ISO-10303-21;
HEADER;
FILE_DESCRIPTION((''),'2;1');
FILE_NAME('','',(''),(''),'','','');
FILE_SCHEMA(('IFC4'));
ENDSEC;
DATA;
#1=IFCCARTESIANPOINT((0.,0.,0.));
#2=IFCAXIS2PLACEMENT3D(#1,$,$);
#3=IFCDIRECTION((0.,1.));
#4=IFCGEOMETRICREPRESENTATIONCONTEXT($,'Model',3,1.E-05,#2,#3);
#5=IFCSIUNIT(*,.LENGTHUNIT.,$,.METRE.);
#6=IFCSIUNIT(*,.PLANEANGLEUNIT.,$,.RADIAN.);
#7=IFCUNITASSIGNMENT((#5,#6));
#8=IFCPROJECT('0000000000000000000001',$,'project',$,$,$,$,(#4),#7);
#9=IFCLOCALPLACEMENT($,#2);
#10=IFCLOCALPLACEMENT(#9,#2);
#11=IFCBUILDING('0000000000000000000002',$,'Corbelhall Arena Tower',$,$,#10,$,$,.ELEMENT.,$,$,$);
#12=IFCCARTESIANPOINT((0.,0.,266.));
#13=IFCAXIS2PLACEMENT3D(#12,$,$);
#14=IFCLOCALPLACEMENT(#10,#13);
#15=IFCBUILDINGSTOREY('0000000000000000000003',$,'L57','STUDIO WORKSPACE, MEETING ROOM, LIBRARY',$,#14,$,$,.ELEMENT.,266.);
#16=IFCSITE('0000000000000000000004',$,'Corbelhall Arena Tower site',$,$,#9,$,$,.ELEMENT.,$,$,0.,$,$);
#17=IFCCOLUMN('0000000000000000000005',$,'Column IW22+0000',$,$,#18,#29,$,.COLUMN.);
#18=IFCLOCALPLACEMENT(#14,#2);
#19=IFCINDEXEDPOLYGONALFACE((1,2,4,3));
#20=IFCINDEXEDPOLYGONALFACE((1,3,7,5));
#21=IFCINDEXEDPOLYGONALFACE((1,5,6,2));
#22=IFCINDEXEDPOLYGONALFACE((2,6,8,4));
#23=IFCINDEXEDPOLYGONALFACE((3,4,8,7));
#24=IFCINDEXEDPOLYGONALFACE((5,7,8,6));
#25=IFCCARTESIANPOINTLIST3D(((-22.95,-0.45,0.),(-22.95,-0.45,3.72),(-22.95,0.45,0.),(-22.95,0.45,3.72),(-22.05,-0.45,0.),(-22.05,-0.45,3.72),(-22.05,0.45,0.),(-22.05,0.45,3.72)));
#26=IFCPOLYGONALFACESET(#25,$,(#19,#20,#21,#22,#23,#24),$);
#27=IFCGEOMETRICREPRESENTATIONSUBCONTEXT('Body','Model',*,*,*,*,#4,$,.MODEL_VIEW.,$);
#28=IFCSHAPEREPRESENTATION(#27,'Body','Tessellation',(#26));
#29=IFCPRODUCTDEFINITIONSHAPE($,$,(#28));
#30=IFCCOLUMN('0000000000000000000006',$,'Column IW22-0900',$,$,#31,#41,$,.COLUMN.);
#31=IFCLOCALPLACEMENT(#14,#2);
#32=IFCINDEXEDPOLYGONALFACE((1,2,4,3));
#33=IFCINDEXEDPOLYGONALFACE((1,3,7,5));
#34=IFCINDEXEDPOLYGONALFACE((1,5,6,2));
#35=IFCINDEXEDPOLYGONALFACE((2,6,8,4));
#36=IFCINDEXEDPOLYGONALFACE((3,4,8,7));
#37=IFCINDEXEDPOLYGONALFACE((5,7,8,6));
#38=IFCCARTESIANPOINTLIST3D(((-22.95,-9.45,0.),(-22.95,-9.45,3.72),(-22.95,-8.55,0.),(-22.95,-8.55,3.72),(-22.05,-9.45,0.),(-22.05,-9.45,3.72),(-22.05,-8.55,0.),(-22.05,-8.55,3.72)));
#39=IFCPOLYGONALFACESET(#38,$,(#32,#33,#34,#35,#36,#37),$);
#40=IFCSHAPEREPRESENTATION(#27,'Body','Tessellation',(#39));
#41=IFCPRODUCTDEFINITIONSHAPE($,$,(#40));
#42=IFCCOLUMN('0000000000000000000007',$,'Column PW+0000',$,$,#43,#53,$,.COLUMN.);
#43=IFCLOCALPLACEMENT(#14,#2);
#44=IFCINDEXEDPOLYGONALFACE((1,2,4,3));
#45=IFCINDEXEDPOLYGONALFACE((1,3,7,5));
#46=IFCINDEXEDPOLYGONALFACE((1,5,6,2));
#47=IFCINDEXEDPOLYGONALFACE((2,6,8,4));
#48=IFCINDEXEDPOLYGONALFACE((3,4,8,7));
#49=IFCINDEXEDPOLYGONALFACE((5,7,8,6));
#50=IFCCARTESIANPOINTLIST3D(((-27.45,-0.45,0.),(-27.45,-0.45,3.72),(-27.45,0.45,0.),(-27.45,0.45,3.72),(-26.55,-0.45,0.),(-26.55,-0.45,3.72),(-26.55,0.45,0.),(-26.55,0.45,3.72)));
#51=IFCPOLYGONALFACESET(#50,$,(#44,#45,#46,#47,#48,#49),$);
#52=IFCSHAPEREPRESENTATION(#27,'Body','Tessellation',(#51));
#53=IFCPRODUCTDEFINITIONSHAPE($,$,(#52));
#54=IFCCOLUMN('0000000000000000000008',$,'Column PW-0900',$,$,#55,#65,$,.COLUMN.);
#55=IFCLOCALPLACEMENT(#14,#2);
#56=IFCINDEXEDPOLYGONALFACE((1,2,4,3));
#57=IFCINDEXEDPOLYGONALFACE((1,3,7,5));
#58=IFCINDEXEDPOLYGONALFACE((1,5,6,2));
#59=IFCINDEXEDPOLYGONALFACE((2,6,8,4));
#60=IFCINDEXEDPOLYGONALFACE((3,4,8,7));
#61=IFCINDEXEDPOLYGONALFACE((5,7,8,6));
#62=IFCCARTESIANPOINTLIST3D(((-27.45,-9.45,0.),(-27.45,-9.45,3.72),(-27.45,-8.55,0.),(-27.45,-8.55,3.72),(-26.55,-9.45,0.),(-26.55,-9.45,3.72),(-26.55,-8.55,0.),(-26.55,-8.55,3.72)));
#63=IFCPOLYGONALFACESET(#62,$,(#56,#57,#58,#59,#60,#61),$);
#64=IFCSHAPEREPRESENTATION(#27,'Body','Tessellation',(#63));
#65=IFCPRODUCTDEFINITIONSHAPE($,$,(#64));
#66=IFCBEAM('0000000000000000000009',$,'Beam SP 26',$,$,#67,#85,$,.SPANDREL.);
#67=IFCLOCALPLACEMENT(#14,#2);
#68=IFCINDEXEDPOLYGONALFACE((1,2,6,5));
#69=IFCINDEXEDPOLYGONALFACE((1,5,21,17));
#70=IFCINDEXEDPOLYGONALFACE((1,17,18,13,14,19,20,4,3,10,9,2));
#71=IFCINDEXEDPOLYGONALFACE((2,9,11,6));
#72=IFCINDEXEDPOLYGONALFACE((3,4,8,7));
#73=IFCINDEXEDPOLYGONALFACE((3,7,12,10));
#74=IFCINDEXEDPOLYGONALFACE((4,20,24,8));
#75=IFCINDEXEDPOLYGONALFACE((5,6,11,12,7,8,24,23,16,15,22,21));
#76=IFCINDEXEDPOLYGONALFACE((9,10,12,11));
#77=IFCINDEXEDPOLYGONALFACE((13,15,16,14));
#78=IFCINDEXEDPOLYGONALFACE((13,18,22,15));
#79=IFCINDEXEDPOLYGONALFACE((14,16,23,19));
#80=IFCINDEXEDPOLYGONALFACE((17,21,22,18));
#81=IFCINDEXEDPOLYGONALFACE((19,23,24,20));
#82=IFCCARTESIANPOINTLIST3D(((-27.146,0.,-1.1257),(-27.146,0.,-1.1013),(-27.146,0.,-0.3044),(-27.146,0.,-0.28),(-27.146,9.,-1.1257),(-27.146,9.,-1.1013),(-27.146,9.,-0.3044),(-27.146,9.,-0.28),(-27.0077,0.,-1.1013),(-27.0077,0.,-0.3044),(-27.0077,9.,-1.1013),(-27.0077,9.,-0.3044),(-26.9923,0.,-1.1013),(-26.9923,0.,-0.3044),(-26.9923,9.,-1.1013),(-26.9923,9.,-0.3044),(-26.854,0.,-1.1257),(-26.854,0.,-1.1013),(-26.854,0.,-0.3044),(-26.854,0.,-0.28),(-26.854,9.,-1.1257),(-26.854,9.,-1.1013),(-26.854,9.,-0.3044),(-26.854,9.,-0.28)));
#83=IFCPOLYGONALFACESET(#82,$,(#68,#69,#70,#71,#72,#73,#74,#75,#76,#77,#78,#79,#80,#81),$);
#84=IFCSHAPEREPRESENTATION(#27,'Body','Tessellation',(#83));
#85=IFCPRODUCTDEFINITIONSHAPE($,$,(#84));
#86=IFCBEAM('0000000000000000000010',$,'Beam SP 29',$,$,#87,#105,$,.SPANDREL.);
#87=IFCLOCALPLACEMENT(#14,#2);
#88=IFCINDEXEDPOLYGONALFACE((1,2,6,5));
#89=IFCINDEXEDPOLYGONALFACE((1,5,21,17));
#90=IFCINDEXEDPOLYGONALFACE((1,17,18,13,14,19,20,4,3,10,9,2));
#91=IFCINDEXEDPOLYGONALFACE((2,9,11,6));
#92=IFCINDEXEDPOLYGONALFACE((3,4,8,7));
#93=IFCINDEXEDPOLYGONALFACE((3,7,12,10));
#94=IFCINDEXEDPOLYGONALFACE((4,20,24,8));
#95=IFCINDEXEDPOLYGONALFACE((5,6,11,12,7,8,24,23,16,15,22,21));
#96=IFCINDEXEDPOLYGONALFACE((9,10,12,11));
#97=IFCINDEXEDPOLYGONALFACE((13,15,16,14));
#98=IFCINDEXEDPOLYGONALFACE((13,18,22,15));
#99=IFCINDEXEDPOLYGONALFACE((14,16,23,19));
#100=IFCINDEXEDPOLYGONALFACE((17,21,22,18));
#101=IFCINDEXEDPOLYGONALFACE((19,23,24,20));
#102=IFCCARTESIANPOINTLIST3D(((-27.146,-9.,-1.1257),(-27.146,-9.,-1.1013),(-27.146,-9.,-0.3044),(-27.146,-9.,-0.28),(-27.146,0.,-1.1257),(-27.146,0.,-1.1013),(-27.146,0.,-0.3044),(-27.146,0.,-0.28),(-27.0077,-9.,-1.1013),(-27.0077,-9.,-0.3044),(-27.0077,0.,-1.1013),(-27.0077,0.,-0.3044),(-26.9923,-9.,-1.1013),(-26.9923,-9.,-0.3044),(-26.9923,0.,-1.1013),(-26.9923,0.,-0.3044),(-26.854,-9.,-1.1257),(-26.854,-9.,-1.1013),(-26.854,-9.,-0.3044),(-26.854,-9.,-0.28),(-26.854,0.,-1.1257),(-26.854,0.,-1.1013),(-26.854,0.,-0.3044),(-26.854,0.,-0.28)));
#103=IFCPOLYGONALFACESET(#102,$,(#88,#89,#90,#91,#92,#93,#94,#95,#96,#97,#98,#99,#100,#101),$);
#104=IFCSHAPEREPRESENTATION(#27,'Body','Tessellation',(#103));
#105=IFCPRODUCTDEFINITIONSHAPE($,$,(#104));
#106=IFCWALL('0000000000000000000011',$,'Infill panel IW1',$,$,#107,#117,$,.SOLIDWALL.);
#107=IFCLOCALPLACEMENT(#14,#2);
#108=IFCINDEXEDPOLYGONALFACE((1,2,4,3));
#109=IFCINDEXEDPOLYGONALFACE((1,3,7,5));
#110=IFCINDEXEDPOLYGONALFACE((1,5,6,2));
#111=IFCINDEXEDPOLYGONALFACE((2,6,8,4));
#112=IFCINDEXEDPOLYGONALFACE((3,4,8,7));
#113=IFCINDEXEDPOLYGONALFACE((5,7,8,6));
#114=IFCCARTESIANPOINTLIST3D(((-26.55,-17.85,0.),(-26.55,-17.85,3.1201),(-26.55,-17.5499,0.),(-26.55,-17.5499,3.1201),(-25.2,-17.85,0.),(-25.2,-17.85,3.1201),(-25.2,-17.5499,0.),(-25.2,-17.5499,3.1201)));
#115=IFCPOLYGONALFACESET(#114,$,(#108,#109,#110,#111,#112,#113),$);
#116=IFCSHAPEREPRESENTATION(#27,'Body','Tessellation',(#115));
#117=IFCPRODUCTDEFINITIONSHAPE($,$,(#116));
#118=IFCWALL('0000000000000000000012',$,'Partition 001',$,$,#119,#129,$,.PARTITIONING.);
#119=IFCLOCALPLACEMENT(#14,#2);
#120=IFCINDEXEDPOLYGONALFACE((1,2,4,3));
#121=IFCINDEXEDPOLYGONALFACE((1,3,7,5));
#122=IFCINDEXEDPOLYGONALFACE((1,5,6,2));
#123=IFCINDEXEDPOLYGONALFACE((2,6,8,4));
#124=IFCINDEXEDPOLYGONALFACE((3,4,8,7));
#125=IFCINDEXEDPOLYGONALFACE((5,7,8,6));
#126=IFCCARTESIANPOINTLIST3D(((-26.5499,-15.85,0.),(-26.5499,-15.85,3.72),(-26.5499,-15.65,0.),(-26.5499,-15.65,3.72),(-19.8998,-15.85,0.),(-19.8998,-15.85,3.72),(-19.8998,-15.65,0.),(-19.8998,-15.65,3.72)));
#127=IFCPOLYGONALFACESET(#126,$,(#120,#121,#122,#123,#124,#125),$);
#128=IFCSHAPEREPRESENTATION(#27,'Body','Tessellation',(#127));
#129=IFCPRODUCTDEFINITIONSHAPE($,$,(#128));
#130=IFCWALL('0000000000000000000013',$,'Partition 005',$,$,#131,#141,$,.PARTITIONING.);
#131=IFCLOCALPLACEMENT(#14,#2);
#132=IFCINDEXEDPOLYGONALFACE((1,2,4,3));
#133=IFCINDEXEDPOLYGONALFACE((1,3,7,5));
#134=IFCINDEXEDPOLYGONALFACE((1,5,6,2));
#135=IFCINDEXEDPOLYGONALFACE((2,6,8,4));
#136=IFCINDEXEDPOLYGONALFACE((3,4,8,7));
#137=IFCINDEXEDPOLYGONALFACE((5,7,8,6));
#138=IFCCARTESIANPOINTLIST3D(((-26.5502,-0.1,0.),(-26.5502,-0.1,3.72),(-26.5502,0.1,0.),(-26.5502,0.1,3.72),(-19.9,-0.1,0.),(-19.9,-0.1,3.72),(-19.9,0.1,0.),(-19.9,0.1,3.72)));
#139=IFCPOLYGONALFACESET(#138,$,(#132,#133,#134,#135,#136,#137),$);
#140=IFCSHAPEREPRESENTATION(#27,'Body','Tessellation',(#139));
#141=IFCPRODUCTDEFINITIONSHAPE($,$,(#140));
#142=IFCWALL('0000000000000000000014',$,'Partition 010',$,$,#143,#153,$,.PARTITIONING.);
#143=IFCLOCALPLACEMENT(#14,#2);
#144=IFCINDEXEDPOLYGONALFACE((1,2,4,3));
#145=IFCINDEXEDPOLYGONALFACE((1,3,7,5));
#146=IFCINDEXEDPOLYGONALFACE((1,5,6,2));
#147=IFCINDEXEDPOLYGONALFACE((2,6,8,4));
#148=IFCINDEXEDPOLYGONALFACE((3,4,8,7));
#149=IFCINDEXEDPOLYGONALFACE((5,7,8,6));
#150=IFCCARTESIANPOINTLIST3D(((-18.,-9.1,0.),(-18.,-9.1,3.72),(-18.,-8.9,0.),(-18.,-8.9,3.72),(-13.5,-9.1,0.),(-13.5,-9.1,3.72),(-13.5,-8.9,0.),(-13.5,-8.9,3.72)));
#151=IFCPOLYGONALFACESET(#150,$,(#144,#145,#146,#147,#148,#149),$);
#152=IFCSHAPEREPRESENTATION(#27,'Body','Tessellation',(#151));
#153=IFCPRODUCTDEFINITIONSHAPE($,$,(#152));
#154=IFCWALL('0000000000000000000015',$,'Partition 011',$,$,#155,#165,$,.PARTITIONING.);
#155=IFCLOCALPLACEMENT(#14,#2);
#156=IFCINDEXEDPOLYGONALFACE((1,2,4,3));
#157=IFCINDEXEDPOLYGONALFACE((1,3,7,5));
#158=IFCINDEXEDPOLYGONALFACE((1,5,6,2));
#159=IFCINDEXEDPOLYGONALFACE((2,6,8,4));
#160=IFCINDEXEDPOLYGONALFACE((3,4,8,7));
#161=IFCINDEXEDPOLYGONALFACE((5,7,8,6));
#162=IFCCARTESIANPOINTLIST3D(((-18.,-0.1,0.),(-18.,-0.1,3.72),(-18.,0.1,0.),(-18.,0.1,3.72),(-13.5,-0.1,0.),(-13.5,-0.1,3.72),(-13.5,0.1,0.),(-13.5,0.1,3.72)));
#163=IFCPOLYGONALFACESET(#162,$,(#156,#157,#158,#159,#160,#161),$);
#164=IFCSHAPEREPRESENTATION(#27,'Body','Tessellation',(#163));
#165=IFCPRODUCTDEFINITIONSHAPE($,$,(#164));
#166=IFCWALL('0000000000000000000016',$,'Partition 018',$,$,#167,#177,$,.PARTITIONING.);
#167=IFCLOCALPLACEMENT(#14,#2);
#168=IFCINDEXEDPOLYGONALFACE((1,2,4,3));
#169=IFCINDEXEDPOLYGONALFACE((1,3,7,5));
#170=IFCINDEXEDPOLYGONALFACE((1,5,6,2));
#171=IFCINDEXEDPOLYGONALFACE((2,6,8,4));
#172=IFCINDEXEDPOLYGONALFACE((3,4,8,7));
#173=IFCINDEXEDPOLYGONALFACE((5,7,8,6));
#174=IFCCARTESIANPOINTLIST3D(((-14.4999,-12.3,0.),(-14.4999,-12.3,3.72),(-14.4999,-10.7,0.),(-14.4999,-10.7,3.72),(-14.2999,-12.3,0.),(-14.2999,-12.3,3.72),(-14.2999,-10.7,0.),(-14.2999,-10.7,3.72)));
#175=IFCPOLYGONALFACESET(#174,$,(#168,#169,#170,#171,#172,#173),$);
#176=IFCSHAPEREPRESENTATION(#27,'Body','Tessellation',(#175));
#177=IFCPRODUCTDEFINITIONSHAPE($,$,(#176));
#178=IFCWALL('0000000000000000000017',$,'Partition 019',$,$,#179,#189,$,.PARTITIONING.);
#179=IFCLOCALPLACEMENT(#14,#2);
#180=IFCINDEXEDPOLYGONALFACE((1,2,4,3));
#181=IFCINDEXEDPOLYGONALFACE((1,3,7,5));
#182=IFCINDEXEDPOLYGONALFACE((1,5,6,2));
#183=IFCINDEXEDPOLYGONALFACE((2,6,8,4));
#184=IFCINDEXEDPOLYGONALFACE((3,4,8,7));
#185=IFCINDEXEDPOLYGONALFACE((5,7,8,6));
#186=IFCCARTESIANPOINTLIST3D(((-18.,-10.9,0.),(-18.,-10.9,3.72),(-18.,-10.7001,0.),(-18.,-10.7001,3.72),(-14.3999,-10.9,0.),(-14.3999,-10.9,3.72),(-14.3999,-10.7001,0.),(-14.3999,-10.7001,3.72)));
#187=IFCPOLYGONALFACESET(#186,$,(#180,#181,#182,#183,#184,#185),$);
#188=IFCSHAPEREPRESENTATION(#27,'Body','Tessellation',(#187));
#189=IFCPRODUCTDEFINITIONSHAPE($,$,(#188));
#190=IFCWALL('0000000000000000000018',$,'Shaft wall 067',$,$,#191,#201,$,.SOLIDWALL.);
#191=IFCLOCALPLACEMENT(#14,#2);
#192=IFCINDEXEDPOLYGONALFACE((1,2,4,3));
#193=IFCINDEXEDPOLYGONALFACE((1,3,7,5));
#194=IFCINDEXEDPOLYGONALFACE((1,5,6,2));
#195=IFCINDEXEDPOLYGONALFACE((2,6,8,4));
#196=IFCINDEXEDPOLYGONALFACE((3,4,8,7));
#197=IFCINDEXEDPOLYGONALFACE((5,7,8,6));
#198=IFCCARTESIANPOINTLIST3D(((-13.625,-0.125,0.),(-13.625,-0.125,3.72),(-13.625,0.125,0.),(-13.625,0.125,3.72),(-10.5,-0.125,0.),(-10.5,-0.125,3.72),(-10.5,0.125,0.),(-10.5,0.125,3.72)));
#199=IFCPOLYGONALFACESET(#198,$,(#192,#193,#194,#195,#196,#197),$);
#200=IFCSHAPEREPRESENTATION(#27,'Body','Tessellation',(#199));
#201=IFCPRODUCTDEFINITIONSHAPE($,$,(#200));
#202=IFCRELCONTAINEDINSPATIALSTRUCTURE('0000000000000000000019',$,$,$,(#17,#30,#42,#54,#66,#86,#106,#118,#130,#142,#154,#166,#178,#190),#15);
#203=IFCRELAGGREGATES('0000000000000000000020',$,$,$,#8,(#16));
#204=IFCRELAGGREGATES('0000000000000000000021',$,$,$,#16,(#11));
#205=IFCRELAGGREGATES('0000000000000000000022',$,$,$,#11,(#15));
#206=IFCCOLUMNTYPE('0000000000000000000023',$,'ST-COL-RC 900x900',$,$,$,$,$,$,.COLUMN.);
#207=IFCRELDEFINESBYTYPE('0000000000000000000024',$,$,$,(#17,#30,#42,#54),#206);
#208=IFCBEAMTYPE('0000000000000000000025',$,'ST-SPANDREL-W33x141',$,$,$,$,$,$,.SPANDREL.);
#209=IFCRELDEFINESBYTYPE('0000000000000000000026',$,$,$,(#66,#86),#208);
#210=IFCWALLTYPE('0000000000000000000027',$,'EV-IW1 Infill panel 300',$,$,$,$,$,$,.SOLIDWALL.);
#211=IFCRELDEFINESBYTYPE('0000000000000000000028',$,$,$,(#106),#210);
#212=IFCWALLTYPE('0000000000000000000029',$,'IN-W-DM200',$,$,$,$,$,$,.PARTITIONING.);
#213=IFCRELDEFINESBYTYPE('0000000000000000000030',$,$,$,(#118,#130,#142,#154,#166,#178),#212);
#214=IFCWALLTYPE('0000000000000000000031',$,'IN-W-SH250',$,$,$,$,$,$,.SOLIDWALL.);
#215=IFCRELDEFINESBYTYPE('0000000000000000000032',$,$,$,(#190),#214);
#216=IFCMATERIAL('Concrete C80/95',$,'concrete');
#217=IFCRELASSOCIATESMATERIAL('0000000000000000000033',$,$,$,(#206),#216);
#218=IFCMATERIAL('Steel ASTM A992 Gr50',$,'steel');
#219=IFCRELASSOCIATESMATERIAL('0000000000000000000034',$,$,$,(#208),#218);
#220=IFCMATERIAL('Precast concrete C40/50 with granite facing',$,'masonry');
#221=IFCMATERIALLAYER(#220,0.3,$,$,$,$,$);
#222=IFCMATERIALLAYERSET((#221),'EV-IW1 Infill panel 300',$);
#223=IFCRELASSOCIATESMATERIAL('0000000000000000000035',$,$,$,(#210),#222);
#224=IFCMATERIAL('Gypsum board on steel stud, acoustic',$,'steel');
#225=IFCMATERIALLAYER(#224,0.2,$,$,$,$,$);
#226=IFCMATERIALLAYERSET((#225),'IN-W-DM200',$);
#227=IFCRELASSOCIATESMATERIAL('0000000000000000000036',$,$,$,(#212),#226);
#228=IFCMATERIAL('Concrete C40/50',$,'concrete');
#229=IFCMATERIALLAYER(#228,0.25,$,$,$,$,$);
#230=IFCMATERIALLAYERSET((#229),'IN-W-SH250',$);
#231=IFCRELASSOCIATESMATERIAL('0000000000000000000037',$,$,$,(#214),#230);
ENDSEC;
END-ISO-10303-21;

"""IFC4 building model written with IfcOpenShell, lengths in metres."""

from ifc_helpers import new_model, si_unit, direction, frame, frame_2d, origin, origin_2d, place, context, subcontext, project, spatial, rectangle, i_section, extrude, material, layer, layer_set, material_profile, profile_set, type_object, element, save


model = new_model("IFC4")

# Units and contexts
model_context = context("Model", 3, precision=1e-05, world=origin(), true_north=direction((0.0, 1.0)))
body_context = subcontext(model_context, "Body", "Model", "MODEL_VIEW")
ifc_project = project(units=[si_unit("LENGTHUNIT", "METRE"), si_unit("PLANEANGLEUNIT", "RADIAN")], contexts=[model_context])

# Site, building, storey
site_placement = place(None, origin())
site = spatial("IfcSite", under=ifc_project, at=site_placement, Name="Corbelhall Arena Tower site", CompositionType="ELEMENT", RefElevation=0.0)
building_placement = place(site_placement, origin())
building = spatial("IfcBuilding", under=site, at=building_placement, Name="Corbelhall Arena Tower", CompositionType="ELEMENT")
storey_placement = place(building_placement, frame((0.0, 0.0, 266.0)))
storey = spatial("IfcBuildingStorey", under=building, at=storey_placement, Name="L57", Description="STUDIO WORKSPACE, MEETING ROOM, LIBRARY", CompositionType="ELEMENT", Elevation=266.0)

# Columns
ifc_material_1 = material(Name="Concrete C80/95", Category="concrete")
ifc_material_profile_1 = material_profile(ifc_material_1, rectangle(XDim=0.8999, YDim=0.8999, at=origin_2d()))
ifc_profile_set_1 = profile_set([ifc_material_profile_1], Name="Concrete C80/95")
column_type = type_object("IfcColumnType", Name="ST-COL-RC 900x900", PredefinedType="COLUMN", material=ifc_profile_set_1)
for number, where, z_axis, x_axis, name in (
    (1, (-22.5, 0.0, 0.0), (0.0, 0.0, 1.0), (1.0, 0.0, 0.0), "Column IW22+0000"),
    (2, (-22.5, -9.0, 0.0), (0.0, 0.0, 1.0), (1.0, 0.0, 0.0), "Column IW22-0900"),
    (3, (-27.0, 0.0, 0.0), (0.0, 0.0, 1.0), (0.0, 1.0, 0.0), "Column PW+0000"),
    (4, (-27.0, -9.0, 0.0), (0.0, 0.0, 1.0), (0.0, 1.0, 0.0), "Column PW-0900"),
):
    element("IfcColumn", number, at=place(storey_placement, frame(where, z_axis=z_axis, x_axis=x_axis)), inside=storey, type_object=column_type, Name=name, PredefinedType="COLUMN", context=body_context, shape_type="SweptSolid", body=[
        extrude(rectangle(XDim=0.8999, YDim=0.8999, at=origin_2d()), origin(), (0.0, 0.0, 1.0), 3.72),
    ])

# Beams
ifc_material_2 = material(Name="Steel ASTM A992 Gr50", Category="steel")
ifc_material_profile_2 = material_profile(ifc_material_2, i_section(OverallWidth=0.292, OverallDepth=0.8457, WebThickness=0.0154, FlangeThickness=0.0244, at=origin_2d()))
ifc_profile_set_2 = profile_set([ifc_material_profile_2], Name="Steel ASTM A992 Gr50")
beam_type = type_object("IfcBeamType", Name="ST-SPANDREL-W33x141", PredefinedType="SPANDREL", material=ifc_profile_set_2)
for number, where, z_axis, x_axis, name in (
    (5, (-27.0, 0.0, -0.7029), (0.0, 1.0, 0.0), (-1.0, 0.0, 0.0), "Beam SP 26"),
    (6, (-27.0, -9.0, -0.7029), (0.0, 1.0, 0.0), (-1.0, 0.0, 0.0), "Beam SP 29"),
):
    element("IfcBeam", number, at=place(storey_placement, frame(where, z_axis=z_axis, x_axis=x_axis)), inside=storey, type_object=beam_type, Name=name, PredefinedType="SPANDREL", context=body_context, shape_type="SweptSolid", body=[
        extrude(i_section(OverallWidth=0.292, OverallDepth=0.8457, WebThickness=0.0154, FlangeThickness=0.0244, at=origin_2d()), origin(), (0.0, 0.0, 1.0), 9.0),
    ])

# Shared definitions
ifc_material_3 = material(Name="Precast concrete C40/50 with granite facing", Category="masonry")
ifc_layer_1 = layer(ifc_material_3, 0.3)
ifc_layer_set_1 = layer_set([ifc_layer_1], Name="EV-IW1 Infill panel 300")
wall_type_1 = type_object("IfcWallType", Name="EV-IW1 Infill panel 300", PredefinedType="SOLIDWALL", material=ifc_layer_set_1)

# Walls
wall_1_placement = place(storey_placement, frame((-26.55, -17.7, 0.0), z_axis=(0.0, 0.0, 1.0), x_axis=(1.0, 0.0, 0.0)))
element("IfcWall", 7, at=wall_1_placement, inside=storey, type_object=wall_type_1, Name="Infill panel IW1", PredefinedType="SOLIDWALL", context=body_context, shape_type="SweptSolid", body=[
    extrude(rectangle(XDim=1.3501, YDim=0.3, at=frame_2d((0.675, 0.0))), origin(), (0.0, 0.0, 1.0), 3.1201),
])
ifc_material_4 = material(Name="Gypsum board on steel stud, acoustic", Category="steel")
ifc_layer_2 = layer(ifc_material_4, 0.2)
ifc_layer_set_2 = layer_set([ifc_layer_2], Name="IN-W-DM200")
wall_type_2 = type_object("IfcWallType", Name="IN-W-DM200", PredefinedType="PARTITIONING", material=ifc_layer_set_2)
wall_2_placement = place(storey_placement, frame((-26.55, -15.75, 0.0), z_axis=(0.0, 0.0, 1.0), x_axis=(1.0, 0.0, 0.0)))
element("IfcWall", 8, at=wall_2_placement, inside=storey, type_object=wall_type_2, Name="Partition 001", PredefinedType="PARTITIONING", context=body_context, shape_type="SweptSolid", body=[
    extrude(rectangle(XDim=6.6501, YDim=0.2, at=frame_2d((3.3252, 0.0))), origin(), (0.0, 0.0, 1.0), 3.72),
])

# Wall
wall_3_placement = place(storey_placement, frame((-19.8999, 0.0, 0.0), z_axis=(0.0, 0.0, 1.0), x_axis=(-1.0, 0.0, 0.0)))
element("IfcWall", 9, at=wall_3_placement, inside=storey, type_object=wall_type_2, Name="Partition 005", PredefinedType="PARTITIONING", context=body_context, shape_type="SweptSolid", body=[
    extrude(rectangle(XDim=6.6501, YDim=0.2, at=frame_2d((3.3252, 0.0))), origin(), (0.0, 0.0, 1.0), 3.72),
])

# Walls
for number, where, z_axis, x_axis, name in (
    (10, (-18.0, -9.0, 0.0), (0.0, 0.0, 1.0), (1.0, 0.0, 0.0), "Partition 010"),
    (11, (-18.0, 0.0, 0.0), (0.0, 0.0, 1.0), (1.0, 0.0, 0.0), "Partition 011"),
):
    element("IfcWall", number, at=place(storey_placement, frame(where, z_axis=z_axis, x_axis=x_axis)), inside=storey, type_object=wall_type_2, Name=name, PredefinedType="PARTITIONING", context=body_context, shape_type="SweptSolid", body=[
        extrude(rectangle(XDim=4.5, YDim=0.2, at=frame_2d((2.25, 0.0))), origin(), (0.0, 0.0, 1.0), 3.72),
    ])
wall_4_placement = place(storey_placement, frame((-14.3999, -12.3, 0.0), z_axis=(0.0, 0.0, 1.0), x_axis=(0.0, 1.0, 0.0)))
element("IfcWall", 12, at=wall_4_placement, inside=storey, type_object=wall_type_2, Name="Partition 018", PredefinedType="PARTITIONING", context=body_context, shape_type="SweptSolid", body=[
    extrude(rectangle(XDim=1.6001, YDim=0.2, at=frame_2d((0.8, 0.0))), origin(), (0.0, 0.0, 1.0), 3.72),
])
wall_5_placement = place(storey_placement, frame((-14.3999, -10.8, 0.0), z_axis=(0.0, 0.0, 1.0), x_axis=(-1.0, 0.0, 0.0)))
element("IfcWall", 13, at=wall_5_placement, inside=storey, type_object=wall_type_2, Name="Partition 019", PredefinedType="PARTITIONING", context=body_context, shape_type="SweptSolid", body=[
    extrude(rectangle(XDim=3.6001, YDim=0.2, at=frame_2d((1.8, 0.0))), origin(), (0.0, 0.0, 1.0), 3.72),
])
ifc_material_5 = material(Name="Concrete C40/50", Category="concrete")
ifc_layer_3 = layer(ifc_material_5, 0.25)
ifc_layer_set_3 = layer_set([ifc_layer_3], Name="IN-W-SH250")
wall_type_3 = type_object("IfcWallType", Name="IN-W-SH250", PredefinedType="SOLIDWALL", material=ifc_layer_set_3)
wall_6_placement = place(storey_placement, frame((-13.625, 0.0, 0.0), z_axis=(0.0, 0.0, 1.0), x_axis=(1.0, 0.0, 0.0)))
element("IfcWall", 14, at=wall_6_placement, inside=storey, type_object=wall_type_3, Name="Shaft wall 067", PredefinedType="SOLIDWALL", context=body_context, shape_type="SweptSolid", body=[
    extrude(rectangle(XDim=3.125, YDim=0.25, at=frame_2d((1.5625, 0.0))), origin(), (0.0, 0.0, 1.0), 3.72),
])

save(model, "model.ifc")
